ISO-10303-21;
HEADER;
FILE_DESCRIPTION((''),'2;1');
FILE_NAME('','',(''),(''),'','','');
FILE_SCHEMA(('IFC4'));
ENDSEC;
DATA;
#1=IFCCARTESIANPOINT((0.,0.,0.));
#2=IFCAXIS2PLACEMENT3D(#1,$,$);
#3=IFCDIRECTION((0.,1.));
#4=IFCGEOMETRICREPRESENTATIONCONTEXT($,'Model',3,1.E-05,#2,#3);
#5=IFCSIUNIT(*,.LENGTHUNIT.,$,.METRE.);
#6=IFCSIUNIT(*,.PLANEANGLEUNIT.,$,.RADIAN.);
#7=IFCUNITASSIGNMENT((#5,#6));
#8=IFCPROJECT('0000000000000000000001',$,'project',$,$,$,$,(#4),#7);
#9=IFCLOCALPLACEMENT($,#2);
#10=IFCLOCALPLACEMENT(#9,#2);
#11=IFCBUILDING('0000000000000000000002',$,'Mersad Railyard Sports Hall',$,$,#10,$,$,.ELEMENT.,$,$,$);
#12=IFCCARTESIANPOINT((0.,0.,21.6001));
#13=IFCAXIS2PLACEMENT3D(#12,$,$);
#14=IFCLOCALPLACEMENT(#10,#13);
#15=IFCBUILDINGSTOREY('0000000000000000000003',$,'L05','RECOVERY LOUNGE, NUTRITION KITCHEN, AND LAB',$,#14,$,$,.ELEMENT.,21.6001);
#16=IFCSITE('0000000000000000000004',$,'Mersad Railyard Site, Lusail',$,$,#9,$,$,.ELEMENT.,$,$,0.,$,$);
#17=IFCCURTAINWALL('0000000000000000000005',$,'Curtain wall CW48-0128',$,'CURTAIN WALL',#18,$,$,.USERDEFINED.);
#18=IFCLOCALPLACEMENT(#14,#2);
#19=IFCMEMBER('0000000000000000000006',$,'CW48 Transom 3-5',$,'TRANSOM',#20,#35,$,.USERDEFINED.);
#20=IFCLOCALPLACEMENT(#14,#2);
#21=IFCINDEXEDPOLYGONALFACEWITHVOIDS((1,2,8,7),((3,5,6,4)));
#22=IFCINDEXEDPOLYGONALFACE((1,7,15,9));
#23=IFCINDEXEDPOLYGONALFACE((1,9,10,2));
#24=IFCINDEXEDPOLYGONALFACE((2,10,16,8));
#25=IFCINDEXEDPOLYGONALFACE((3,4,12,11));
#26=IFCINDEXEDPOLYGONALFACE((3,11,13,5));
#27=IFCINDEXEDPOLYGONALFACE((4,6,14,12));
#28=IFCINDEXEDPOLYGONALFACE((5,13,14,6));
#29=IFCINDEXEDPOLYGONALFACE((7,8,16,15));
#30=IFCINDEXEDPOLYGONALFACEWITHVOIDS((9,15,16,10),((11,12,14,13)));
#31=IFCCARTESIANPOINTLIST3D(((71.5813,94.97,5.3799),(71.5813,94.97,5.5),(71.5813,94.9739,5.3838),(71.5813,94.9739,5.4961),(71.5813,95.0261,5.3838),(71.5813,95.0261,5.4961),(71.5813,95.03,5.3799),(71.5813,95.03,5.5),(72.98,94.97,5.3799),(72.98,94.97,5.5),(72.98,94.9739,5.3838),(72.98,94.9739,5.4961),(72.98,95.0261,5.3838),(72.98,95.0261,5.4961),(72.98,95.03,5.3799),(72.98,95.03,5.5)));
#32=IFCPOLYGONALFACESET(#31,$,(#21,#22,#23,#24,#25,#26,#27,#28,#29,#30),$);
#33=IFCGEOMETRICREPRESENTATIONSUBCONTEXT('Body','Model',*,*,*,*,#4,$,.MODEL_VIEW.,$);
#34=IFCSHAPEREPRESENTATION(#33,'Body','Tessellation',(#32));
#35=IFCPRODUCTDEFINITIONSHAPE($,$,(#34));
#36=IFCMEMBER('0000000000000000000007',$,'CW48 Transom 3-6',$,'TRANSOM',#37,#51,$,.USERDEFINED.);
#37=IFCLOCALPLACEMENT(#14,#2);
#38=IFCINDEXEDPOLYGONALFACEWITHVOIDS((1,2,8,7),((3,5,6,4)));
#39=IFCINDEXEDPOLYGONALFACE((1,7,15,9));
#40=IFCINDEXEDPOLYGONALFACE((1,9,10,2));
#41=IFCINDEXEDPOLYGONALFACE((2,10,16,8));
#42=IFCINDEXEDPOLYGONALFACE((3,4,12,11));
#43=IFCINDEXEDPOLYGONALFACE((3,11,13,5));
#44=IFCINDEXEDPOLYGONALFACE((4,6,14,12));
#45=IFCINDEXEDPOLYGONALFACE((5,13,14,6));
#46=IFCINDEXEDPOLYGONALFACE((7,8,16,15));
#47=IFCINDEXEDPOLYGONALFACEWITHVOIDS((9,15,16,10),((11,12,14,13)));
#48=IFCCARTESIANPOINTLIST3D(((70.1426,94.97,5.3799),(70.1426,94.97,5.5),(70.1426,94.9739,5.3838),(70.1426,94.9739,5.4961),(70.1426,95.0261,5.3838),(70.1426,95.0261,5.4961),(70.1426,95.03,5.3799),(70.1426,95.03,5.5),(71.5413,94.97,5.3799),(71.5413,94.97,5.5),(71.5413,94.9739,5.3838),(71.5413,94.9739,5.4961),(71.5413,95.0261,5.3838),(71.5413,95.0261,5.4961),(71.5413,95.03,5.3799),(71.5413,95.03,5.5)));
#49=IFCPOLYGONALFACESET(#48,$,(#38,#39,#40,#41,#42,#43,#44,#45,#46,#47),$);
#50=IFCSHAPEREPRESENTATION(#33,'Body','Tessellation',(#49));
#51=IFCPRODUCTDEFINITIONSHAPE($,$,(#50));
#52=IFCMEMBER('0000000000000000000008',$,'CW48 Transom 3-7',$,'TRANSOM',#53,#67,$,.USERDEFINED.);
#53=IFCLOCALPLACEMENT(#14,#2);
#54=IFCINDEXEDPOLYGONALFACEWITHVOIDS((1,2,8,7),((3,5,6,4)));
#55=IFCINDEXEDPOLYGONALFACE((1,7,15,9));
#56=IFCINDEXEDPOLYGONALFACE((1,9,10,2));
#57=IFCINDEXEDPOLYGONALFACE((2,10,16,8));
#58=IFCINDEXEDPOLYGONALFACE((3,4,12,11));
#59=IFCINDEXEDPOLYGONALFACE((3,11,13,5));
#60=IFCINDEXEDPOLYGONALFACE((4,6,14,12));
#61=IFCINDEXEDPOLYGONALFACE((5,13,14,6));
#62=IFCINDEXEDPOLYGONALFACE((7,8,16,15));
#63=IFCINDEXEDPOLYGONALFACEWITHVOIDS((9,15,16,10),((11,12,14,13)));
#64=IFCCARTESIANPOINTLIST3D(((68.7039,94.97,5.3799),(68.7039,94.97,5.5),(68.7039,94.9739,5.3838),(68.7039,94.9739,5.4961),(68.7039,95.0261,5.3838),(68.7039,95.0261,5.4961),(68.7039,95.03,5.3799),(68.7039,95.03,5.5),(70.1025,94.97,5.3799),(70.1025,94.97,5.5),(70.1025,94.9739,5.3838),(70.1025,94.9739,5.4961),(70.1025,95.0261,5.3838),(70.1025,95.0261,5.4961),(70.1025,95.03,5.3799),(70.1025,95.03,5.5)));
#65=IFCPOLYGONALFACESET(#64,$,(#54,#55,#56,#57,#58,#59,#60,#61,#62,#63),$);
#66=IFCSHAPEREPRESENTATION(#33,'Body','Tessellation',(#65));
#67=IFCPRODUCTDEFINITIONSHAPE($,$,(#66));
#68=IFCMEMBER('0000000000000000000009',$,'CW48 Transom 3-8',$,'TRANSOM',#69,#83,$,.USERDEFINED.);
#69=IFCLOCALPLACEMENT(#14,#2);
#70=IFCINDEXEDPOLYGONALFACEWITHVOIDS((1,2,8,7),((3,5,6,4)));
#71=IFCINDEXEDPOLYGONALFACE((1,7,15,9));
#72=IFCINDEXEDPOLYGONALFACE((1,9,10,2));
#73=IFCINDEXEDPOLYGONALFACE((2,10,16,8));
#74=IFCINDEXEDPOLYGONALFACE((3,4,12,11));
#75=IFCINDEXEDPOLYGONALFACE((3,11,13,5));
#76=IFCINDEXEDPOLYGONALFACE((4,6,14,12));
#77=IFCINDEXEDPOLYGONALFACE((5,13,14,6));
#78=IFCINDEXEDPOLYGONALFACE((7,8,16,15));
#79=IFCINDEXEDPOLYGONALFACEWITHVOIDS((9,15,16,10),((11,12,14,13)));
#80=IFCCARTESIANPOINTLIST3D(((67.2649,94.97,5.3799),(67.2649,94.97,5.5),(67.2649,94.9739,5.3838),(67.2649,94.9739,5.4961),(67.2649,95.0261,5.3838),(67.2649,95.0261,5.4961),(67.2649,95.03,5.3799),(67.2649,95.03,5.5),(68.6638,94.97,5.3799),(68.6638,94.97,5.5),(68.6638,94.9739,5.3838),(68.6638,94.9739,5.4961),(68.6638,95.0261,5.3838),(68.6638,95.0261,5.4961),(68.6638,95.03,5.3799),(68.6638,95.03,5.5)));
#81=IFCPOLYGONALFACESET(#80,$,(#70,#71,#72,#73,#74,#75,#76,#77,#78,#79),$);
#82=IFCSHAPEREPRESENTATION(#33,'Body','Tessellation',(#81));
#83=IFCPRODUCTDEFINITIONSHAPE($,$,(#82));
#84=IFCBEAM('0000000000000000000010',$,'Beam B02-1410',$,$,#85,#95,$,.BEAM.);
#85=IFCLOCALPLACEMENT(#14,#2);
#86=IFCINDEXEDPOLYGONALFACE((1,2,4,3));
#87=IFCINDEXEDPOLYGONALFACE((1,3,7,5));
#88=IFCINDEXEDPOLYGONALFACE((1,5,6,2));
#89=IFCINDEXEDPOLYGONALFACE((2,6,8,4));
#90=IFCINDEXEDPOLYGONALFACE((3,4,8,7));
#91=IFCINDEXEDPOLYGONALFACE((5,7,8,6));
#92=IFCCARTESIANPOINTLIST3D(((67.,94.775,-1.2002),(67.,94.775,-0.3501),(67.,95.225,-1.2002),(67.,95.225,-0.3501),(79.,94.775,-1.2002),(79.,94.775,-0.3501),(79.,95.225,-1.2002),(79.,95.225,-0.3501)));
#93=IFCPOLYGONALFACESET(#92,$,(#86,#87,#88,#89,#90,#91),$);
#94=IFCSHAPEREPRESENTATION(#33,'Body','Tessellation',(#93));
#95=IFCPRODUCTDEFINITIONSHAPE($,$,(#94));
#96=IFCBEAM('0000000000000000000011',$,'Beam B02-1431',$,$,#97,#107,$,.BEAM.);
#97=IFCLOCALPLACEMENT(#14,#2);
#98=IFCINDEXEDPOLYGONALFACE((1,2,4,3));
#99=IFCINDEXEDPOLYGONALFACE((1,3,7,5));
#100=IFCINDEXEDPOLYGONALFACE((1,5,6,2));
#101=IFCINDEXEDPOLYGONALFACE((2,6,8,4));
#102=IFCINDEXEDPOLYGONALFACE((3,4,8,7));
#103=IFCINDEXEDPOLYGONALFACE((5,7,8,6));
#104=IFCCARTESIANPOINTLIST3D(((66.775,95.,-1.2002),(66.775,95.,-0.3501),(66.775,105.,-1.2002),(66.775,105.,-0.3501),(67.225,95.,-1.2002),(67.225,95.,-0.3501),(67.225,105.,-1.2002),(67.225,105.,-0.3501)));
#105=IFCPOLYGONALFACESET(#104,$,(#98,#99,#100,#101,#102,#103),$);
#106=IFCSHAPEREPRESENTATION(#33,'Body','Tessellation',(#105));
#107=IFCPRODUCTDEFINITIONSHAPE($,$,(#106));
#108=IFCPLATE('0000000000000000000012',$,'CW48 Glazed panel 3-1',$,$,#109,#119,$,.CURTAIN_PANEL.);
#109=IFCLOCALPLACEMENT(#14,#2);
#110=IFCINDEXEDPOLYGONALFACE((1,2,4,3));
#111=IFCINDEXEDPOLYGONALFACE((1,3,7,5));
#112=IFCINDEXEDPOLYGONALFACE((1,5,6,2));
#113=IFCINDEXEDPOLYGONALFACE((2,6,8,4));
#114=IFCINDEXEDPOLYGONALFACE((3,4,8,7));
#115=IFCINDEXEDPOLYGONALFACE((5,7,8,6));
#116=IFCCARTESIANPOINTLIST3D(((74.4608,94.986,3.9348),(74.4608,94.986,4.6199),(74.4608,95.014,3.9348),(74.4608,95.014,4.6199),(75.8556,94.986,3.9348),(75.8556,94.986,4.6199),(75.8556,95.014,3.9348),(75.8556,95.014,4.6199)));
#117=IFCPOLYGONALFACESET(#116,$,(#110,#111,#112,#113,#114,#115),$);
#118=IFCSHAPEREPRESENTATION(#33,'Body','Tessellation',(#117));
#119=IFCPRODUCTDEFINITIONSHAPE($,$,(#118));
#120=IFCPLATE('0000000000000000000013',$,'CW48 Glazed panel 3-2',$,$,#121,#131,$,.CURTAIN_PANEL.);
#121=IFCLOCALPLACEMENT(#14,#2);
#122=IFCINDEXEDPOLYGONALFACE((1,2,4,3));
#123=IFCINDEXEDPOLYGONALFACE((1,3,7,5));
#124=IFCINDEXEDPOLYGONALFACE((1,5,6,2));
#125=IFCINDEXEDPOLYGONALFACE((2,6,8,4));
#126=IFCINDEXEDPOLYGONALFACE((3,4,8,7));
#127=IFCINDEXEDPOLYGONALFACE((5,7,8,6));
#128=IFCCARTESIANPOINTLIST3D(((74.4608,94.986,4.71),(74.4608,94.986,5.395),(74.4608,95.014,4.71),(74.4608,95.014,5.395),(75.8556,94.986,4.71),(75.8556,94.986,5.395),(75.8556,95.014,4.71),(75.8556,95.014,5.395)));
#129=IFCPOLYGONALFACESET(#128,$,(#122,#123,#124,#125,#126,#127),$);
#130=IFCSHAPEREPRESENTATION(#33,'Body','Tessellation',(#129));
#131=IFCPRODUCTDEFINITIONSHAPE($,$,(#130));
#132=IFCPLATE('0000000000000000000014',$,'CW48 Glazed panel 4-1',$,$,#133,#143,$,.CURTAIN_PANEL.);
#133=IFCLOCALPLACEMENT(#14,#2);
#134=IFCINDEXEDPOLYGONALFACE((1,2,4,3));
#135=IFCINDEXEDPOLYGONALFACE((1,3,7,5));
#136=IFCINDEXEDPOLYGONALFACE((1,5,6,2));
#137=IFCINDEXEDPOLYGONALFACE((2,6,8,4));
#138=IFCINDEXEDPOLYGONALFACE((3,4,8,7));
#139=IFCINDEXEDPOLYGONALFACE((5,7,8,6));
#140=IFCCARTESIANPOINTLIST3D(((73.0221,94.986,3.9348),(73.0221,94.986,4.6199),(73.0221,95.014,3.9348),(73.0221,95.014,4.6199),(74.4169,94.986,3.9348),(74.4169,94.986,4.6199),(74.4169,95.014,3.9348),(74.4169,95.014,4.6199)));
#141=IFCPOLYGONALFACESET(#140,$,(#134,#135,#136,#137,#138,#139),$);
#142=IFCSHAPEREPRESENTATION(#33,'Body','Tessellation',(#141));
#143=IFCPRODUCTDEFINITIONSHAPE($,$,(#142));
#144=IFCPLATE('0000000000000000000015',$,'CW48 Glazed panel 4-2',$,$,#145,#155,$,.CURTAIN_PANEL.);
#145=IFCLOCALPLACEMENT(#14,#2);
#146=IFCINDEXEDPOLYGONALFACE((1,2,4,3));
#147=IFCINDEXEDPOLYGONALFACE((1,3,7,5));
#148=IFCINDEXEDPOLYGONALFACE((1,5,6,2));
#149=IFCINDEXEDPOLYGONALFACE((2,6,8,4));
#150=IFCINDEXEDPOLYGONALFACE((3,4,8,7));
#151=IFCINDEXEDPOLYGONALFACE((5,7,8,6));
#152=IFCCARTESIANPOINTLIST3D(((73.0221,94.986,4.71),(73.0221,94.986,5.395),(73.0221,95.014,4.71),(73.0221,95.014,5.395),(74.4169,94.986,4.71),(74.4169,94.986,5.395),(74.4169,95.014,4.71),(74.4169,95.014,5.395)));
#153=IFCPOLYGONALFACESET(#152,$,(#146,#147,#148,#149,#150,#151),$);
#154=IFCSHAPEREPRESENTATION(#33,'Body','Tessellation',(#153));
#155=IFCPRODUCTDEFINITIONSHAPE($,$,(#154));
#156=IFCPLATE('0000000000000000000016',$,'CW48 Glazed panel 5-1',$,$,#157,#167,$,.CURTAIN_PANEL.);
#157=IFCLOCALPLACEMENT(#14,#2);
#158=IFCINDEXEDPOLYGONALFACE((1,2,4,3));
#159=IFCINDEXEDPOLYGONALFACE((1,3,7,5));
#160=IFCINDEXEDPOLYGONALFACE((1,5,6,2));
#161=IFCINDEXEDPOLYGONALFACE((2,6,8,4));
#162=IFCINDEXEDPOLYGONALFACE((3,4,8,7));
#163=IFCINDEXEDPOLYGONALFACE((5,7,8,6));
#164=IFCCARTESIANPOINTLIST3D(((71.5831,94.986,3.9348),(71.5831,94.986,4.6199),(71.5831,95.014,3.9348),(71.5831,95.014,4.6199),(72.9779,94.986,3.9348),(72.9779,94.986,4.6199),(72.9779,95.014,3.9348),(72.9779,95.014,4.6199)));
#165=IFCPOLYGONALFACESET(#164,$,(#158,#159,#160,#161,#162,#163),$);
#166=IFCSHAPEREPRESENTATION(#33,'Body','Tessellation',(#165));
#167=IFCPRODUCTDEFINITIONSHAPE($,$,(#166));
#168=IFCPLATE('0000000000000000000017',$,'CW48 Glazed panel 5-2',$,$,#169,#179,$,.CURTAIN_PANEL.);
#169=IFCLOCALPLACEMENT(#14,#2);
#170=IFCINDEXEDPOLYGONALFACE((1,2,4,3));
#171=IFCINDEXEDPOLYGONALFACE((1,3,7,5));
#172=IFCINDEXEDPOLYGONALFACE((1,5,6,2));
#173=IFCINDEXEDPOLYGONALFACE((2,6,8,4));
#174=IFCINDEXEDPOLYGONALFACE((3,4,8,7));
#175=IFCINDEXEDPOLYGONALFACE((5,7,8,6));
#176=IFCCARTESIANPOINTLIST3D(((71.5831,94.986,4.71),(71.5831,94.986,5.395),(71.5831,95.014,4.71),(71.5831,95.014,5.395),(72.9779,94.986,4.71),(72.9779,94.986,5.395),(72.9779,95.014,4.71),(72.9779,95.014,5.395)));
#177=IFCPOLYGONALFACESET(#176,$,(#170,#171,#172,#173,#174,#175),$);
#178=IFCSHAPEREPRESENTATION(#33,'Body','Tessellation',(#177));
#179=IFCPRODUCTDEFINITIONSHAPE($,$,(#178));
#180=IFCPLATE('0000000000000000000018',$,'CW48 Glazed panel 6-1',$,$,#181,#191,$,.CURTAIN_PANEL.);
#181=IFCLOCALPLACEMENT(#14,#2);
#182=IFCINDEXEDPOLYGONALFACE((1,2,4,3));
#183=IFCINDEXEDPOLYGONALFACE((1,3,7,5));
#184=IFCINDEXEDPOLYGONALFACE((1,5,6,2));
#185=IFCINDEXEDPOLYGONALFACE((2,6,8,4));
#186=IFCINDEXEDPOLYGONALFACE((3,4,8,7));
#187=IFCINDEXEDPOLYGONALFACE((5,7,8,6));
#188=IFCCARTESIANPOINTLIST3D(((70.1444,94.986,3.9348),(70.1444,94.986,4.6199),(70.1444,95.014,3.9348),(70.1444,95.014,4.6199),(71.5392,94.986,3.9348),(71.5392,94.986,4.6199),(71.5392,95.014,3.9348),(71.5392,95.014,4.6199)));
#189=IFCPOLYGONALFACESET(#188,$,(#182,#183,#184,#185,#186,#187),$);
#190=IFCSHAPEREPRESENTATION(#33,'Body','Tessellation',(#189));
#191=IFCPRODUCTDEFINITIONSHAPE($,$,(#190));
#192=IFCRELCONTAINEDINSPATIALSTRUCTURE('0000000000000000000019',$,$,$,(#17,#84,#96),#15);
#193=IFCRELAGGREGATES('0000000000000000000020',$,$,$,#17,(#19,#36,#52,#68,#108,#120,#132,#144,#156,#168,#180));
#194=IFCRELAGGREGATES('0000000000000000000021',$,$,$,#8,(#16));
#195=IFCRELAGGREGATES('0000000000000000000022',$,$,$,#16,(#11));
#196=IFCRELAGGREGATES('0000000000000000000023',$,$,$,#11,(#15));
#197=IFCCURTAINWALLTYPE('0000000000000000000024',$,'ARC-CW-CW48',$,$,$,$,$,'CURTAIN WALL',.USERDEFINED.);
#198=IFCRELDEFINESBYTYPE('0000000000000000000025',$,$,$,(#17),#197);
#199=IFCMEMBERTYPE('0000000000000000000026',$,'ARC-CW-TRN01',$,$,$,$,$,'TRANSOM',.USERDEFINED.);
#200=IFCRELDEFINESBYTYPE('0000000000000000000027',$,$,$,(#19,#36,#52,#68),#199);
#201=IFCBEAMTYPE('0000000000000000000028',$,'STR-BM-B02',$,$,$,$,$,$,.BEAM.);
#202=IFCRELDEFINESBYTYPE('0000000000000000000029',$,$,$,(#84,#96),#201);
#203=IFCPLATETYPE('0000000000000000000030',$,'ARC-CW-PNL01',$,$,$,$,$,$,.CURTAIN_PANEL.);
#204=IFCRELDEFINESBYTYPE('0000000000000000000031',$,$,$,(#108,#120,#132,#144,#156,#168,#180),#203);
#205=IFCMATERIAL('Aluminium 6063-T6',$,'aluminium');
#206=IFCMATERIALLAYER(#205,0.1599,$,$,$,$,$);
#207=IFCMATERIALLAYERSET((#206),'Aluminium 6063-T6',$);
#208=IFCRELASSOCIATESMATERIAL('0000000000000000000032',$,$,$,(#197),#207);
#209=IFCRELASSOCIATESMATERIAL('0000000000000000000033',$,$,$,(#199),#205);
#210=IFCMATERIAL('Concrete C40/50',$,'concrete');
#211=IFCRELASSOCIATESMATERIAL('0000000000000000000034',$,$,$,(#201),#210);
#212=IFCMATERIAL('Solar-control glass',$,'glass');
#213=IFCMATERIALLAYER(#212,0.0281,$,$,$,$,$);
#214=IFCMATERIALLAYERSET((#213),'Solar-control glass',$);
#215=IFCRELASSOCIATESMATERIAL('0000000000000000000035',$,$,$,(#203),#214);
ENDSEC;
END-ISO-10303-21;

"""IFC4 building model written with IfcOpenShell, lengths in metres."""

from ifc_helpers import new_model, si_unit, direction, frame, origin, origin_2d, place, context, subcontext, project, spatial, rectangle, hollow_rectangle, extrude, material, layer, layer_set, material_profile, profile_set, type_object, element, aggregate, save


model = new_model("IFC4")

# Units and contexts
model_context = context("Model", 3, precision=1e-05, world=origin(), true_north=direction((0.0, 1.0)))
body_context = subcontext(model_context, "Body", "Model", "MODEL_VIEW")
ifc_project = project(units=[si_unit("LENGTHUNIT", "METRE"), si_unit("PLANEANGLEUNIT", "RADIAN")], contexts=[model_context])

# Site, building, storey
site_placement = place(None, origin())
site = spatial("IfcSite", under=ifc_project, at=site_placement, Name="Mersad Railyard Site, Lusail", CompositionType="ELEMENT", RefElevation=0.0)
building_placement = place(site_placement, origin())
building = spatial("IfcBuilding", under=site, at=building_placement, Name="Mersad Railyard Sports Hall", CompositionType="ELEMENT")
storey_placement = place(building_placement, frame((0.0, 0.0, 21.6001)))
storey = spatial("IfcBuildingStorey", under=building, at=storey_placement, Name="L05", Description="RECOVERY LOUNGE, NUTRITION KITCHEN, AND LAB", CompositionType="ELEMENT", Elevation=21.6001)

# Shared definitions
ifc_material_1 = material(Name="Concrete C40/50", Category="concrete")

# Curtain wall, members
ifc_material_2 = material(Name="Aluminium 6063-T6", Category="aluminium")
ifc_layer_1 = layer(ifc_material_2, 0.1599)
ifc_layer_set_1 = layer_set([ifc_layer_1], Name="Aluminium 6063-T6")
curtain_wall_type = type_object("IfcCurtainWallType", Name="ARC-CW-CW48", ElementType="CURTAIN WALL", PredefinedType="USERDEFINED", material=ifc_layer_set_1)
curtain_wall_placement = place(storey_placement, origin())
curtain_wall = element("IfcCurtainWall", 1, at=curtain_wall_placement, inside=storey, type_object=curtain_wall_type, Name="Curtain wall CW48-0128", ObjectType="CURTAIN WALL", PredefinedType="USERDEFINED")
ifc_material_profile_1 = material_profile(ifc_material_2, hollow_rectangle(XDim=0.0601, YDim=0.1201, WallThickness=0.0039, at=origin_2d()), Name="AL TRANSOM 60x120x4")
ifc_profile_set_1 = profile_set([ifc_material_profile_1], Name="Aluminium 6063-T6")
member_type_1 = type_object("IfcMemberType", Name="ARC-CW-TRN01", ElementType="TRANSOM", PredefinedType="USERDEFINED", material=ifc_profile_set_1)
member_1_placement = place(storey_placement, frame((72.98, 95.0, 5.4399), z_axis=(-1.0, 0.0, 0.0), x_axis=(0.0, -1.0, 0.0)))
member_1 = element("IfcMember", 2, at=member_1_placement, type_object=member_type_1, Name="CW48 Transom 3-5", ObjectType="TRANSOM", PredefinedType="USERDEFINED", context=body_context, shape_type="SweptSolid", body=[
    extrude(hollow_rectangle(XDim=0.0601, YDim=0.1201, WallThickness=0.0039, at=origin_2d()), origin(), (0.0, 0.0, 1.0), 1.3987),
])
member_2_placement = place(storey_placement, frame((71.5413, 95.0, 5.4399), z_axis=(-1.0, 0.0, 0.0), x_axis=(0.0, -1.0, 0.0)))
member_2 = element("IfcMember", 3, at=member_2_placement, type_object=member_type_1, Name="CW48 Transom 3-6", ObjectType="TRANSOM", PredefinedType="USERDEFINED", context=body_context, shape_type="SweptSolid", body=[
    extrude(hollow_rectangle(XDim=0.0601, YDim=0.1201, WallThickness=0.0039, at=origin_2d()), origin(), (0.0, 0.0, 1.0), 1.3987),
])
member_3_placement = place(storey_placement, frame((70.1025, 95.0, 5.4399), z_axis=(-1.0, 0.0, 0.0), x_axis=(0.0, -1.0, 0.0)))
member_3 = element("IfcMember", 4, at=member_3_placement, type_object=member_type_1, Name="CW48 Transom 3-7", ObjectType="TRANSOM", PredefinedType="USERDEFINED", context=body_context, shape_type="SweptSolid", body=[
    extrude(hollow_rectangle(XDim=0.0601, YDim=0.1201, WallThickness=0.0039, at=origin_2d()), origin(), (0.0, 0.0, 1.0), 1.3987),
])
member_4_placement = place(storey_placement, frame((68.6638, 95.0, 5.4399), z_axis=(-1.0, 0.0, 0.0), x_axis=(0.0, -1.0, 0.0)))
member_4 = element("IfcMember", 5, at=member_4_placement, type_object=member_type_1, Name="CW48 Transom 3-8", ObjectType="TRANSOM", PredefinedType="USERDEFINED", context=body_context, shape_type="SweptSolid", body=[
    extrude(hollow_rectangle(XDim=0.0601, YDim=0.1201, WallThickness=0.0039, at=origin_2d()), origin(), (0.0, 0.0, 1.0), 1.3989),
])

# Beams
ifc_material_profile_2 = material_profile(ifc_material_1, rectangle(XDim=0.45, YDim=0.8501, at=origin_2d()), Name="RC 450x850")
ifc_profile_set_2 = profile_set([ifc_material_profile_2], Name="Concrete C40/50")
beam_type = type_object("IfcBeamType", Name="STR-BM-B02", PredefinedType="BEAM", material=ifc_profile_set_2)
beam_1_placement = place(storey_placement, frame((67.0, 95.0, -0.7751), z_axis=(1.0, 0.0, 0.0), x_axis=(0.0, 1.0, 0.0)))
element("IfcBeam", 6, at=beam_1_placement, inside=storey, type_object=beam_type, Name="Beam B02-1410", PredefinedType="BEAM", context=body_context, shape_type="SweptSolid", body=[
    extrude(rectangle(XDim=0.45, YDim=0.8501, at=origin_2d()), origin(), (0.0, 0.0, 1.0), 12.0),
])
beam_2_placement = place(storey_placement, frame((67.0, 95.0, -0.7751), z_axis=(0.0, 1.0, 0.0), x_axis=(-1.0, 0.0, 0.0)))
element("IfcBeam", 7, at=beam_2_placement, inside=storey, type_object=beam_type, Name="Beam B02-1431", PredefinedType="BEAM", context=body_context, shape_type="SweptSolid", body=[
    extrude(rectangle(XDim=0.45, YDim=0.8501, at=origin_2d()), origin(), (0.0, 0.0, 1.0), 10.0),
])

# Plates
ifc_material_3 = material(Name="Solar-control glass", Category="glass")
ifc_layer_2 = layer(ifc_material_3, 0.0281)
ifc_layer_set_2 = layer_set([ifc_layer_2], Name="Solar-control glass")
plate_type = type_object("IfcPlateType", Name="ARC-CW-PNL01", PredefinedType="CURTAIN_PANEL", material=ifc_layer_set_2)
plate_1_placement = place(storey_placement, frame((75.1582, 95.0, 3.9348), z_axis=(0.0, 0.0, 1.0), x_axis=(-1.0, 0.0, 0.0)))
plate_1 = element("IfcPlate", 8, at=plate_1_placement, type_object=plate_type, Name="CW48 Glazed panel 3-1", PredefinedType="CURTAIN_PANEL", context=body_context, shape_type="SweptSolid", body=[
    extrude(rectangle(XDim=1.3948, YDim=0.0281, at=origin_2d()), origin(), (0.0, 0.0, 1.0), 0.6851),
])
plate_2_placement = place(storey_placement, frame((75.1582, 95.0, 4.71), z_axis=(0.0, 0.0, 1.0), x_axis=(-1.0, 0.0, 0.0)))
plate_2 = element("IfcPlate", 9, at=plate_2_placement, type_object=plate_type, Name="CW48 Glazed panel 3-2", PredefinedType="CURTAIN_PANEL", context=body_context, shape_type="SweptSolid", body=[
    extrude(rectangle(XDim=1.3948, YDim=0.0281, at=origin_2d()), origin(), (0.0, 0.0, 1.0), 0.6851),
])
plate_3_placement = place(storey_placement, frame((73.7195, 95.0, 3.9348), z_axis=(0.0, 0.0, 1.0), x_axis=(-1.0, 0.0, 0.0)))
plate_3 = element("IfcPlate", 10, at=plate_3_placement, type_object=plate_type, Name="CW48 Glazed panel 4-1", PredefinedType="CURTAIN_PANEL", context=body_context, shape_type="SweptSolid", body=[
    extrude(rectangle(XDim=1.3948, YDim=0.0281, at=origin_2d()), origin(), (0.0, 0.0, 1.0), 0.6851),
])
plate_4_placement = place(storey_placement, frame((73.7195, 95.0, 4.71), z_axis=(0.0, 0.0, 1.0), x_axis=(-1.0, 0.0, 0.0)))
plate_4 = element("IfcPlate", 11, at=plate_4_placement, type_object=plate_type, Name="CW48 Glazed panel 4-2", PredefinedType="CURTAIN_PANEL", context=body_context, shape_type="SweptSolid", body=[
    extrude(rectangle(XDim=1.3948, YDim=0.0281, at=origin_2d()), origin(), (0.0, 0.0, 1.0), 0.6851),
])
plate_5_placement = place(storey_placement, frame((72.2805, 95.0, 3.9348), z_axis=(0.0, 0.0, 1.0), x_axis=(-1.0, 0.0, 0.0)))
plate_5 = element("IfcPlate", 12, at=plate_5_placement, type_object=plate_type, Name="CW48 Glazed panel 5-1", PredefinedType="CURTAIN_PANEL", context=body_context, shape_type="SweptSolid", body=[
    extrude(rectangle(XDim=1.3948, YDim=0.0281, at=origin_2d()), origin(), (0.0, 0.0, 1.0), 0.6851),
])
plate_6_placement = place(storey_placement, frame((72.2805, 95.0, 4.71), z_axis=(0.0, 0.0, 1.0), x_axis=(-1.0, 0.0, 0.0)))
plate_6 = element("IfcPlate", 13, at=plate_6_placement, type_object=plate_type, Name="CW48 Glazed panel 5-2", PredefinedType="CURTAIN_PANEL", context=body_context, shape_type="SweptSolid", body=[
    extrude(rectangle(XDim=1.3948, YDim=0.0281, at=origin_2d()), origin(), (0.0, 0.0, 1.0), 0.6851),
])
plate_7_placement = place(storey_placement, frame((70.8418, 95.0, 3.9348), z_axis=(0.0, 0.0, 1.0), x_axis=(-1.0, 0.0, 0.0)))
plate_7 = element("IfcPlate", 14, at=plate_7_placement, type_object=plate_type, Name="CW48 Glazed panel 6-1", PredefinedType="CURTAIN_PANEL", context=body_context, shape_type="SweptSolid", body=[
    extrude(rectangle(XDim=1.3948, YDim=0.0281, at=origin_2d()), origin(), (0.0, 0.0, 1.0), 0.6851),
])
aggregate(curtain_wall, [member_1, member_2, member_3, member_4, plate_1, plate_2, plate_3, plate_4, plate_5, plate_6, plate_7])

save(model, "model.ifc")
